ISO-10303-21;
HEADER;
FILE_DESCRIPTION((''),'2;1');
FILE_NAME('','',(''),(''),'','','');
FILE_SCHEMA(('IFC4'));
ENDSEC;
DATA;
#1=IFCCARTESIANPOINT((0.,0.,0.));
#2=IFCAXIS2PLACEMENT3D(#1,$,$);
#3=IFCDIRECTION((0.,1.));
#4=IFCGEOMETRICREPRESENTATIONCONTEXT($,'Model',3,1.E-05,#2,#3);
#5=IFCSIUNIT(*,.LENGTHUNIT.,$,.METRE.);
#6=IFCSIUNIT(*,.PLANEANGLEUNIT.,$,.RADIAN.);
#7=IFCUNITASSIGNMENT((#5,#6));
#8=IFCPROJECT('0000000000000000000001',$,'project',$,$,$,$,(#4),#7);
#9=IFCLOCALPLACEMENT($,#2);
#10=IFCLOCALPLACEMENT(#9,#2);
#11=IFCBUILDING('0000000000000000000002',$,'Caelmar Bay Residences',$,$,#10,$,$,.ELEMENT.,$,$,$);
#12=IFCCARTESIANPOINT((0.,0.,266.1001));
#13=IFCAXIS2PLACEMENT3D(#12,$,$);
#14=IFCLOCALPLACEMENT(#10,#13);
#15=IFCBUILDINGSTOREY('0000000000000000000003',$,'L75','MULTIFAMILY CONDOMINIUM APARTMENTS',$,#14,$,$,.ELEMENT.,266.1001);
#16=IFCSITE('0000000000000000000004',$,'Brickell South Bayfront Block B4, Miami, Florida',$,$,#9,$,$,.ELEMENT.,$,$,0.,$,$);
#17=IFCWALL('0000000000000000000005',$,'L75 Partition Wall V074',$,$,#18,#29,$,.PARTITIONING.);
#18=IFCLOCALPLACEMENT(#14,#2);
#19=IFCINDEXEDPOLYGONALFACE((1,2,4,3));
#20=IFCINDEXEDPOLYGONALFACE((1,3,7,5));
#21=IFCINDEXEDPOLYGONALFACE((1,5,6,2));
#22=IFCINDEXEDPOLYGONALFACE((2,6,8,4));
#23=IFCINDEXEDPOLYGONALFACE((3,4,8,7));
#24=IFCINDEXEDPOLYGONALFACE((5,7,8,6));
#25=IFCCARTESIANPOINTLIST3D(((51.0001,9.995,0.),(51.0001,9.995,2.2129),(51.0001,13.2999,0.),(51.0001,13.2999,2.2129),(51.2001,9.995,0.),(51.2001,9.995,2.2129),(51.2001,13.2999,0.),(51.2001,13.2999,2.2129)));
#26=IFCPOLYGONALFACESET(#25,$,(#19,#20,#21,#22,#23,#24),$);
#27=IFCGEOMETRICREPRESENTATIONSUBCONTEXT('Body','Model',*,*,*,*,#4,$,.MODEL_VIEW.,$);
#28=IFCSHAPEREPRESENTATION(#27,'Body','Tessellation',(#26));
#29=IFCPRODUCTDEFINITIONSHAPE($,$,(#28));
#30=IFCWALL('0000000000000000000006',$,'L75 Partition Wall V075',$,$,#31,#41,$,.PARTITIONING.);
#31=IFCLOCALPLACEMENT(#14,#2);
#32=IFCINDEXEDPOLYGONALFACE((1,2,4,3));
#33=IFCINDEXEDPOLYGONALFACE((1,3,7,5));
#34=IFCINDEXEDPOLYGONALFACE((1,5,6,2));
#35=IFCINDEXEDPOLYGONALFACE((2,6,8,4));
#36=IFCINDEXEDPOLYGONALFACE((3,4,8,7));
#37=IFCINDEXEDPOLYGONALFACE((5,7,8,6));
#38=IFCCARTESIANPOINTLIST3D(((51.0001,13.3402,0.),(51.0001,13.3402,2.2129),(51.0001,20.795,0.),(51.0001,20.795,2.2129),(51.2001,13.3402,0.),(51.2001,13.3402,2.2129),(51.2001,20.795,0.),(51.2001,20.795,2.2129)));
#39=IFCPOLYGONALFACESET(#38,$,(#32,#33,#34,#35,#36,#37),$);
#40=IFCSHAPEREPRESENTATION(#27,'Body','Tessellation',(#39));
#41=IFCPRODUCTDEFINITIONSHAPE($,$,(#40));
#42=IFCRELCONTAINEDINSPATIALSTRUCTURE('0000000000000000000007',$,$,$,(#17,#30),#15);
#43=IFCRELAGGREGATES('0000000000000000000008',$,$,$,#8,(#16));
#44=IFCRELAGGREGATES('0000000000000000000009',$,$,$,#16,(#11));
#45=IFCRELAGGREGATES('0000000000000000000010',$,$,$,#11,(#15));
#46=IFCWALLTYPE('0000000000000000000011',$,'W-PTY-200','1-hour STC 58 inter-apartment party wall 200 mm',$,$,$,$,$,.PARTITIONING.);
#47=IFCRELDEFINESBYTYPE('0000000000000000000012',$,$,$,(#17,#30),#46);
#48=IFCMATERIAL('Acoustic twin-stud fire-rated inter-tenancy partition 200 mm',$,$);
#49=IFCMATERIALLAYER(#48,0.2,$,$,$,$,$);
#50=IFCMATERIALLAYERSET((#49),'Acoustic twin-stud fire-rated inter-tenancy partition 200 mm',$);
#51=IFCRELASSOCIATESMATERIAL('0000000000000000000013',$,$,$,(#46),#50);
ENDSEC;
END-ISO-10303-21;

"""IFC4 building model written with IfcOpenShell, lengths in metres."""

from ifc_helpers import new_model, si_unit, direction, frame, frame_2d, origin, place, context, subcontext, project, spatial, rectangle, extrude, material, layer, layer_set, type_object, element, save


model = new_model("IFC4")

# Units and contexts
model_context = context("Model", 3, precision=1e-05, world=origin(), true_north=direction((0.0, 1.0)))
body_context = subcontext(model_context, "Body", "Model", "MODEL_VIEW")
ifc_project = project(units=[si_unit("LENGTHUNIT", "METRE"), si_unit("PLANEANGLEUNIT", "RADIAN")], contexts=[model_context])

# Site, building, storey
site_placement = place(None, origin())
site = spatial("IfcSite", under=ifc_project, at=site_placement, Name="Brickell South Bayfront Block B4, Miami, Florida", CompositionType="ELEMENT", RefElevation=0.0)
building_placement = place(site_placement, origin())
building = spatial("IfcBuilding", under=site, at=building_placement, Name="Caelmar Bay Residences", CompositionType="ELEMENT")
storey_placement = place(building_placement, frame((0.0, 0.0, 266.1001)))
storey = spatial("IfcBuildingStorey", under=building, at=storey_placement, Name="L75", Description="MULTIFAMILY CONDOMINIUM APARTMENTS", CompositionType="ELEMENT", Elevation=266.1001)

# Walls
ifc_material_1 = material(Name="Acoustic twin-stud fire-rated inter-tenancy partition 200 mm")
ifc_layer_1 = layer(ifc_material_1, 0.2)
ifc_layer_set_1 = layer_set([ifc_layer_1], Name="Acoustic twin-stud fire-rated inter-tenancy partition 200 mm")
wall_type_1 = type_object("IfcWallType", Name="W-PTY-200", Description="1-hour STC 58 inter-apartment party wall 200 mm", PredefinedType="PARTITIONING", material=ifc_layer_set_1)
wall_1_placement = place(storey_placement, frame((51.1001, 9.9951, 0.0), z_axis=(0.0, 0.0, 1.0), x_axis=(0.0, 1.0, 0.0)))
element("IfcWall", 1, at=wall_1_placement, inside=storey, type_object=wall_type_1, Name="L75 Partition Wall V074", PredefinedType="PARTITIONING", context=body_context, shape_type="SweptSolid", body=[
    extrude(rectangle(XDim=3.3049, YDim=0.2, at=frame_2d((1.6523, 0.0))), origin(), (0.0, 0.0, 1.0), 2.2129),
])
wall_2_placement = place(storey_placement, frame((51.1001, 13.3401, 0.0), z_axis=(0.0, 0.0, 1.0), x_axis=(0.0, 1.0, 0.0)))
element("IfcWall", 2, at=wall_2_placement, inside=storey, type_object=wall_type_1, Name="L75 Partition Wall V075", PredefinedType="PARTITIONING", context=body_context, shape_type="SweptSolid", body=[
    extrude(rectangle(XDim=7.4548, YDim=0.2, at=frame_2d((3.7275, 0.0))), origin(), (0.0, 0.0, 1.0), 2.2129),
])

save(model, "model.ifc")
